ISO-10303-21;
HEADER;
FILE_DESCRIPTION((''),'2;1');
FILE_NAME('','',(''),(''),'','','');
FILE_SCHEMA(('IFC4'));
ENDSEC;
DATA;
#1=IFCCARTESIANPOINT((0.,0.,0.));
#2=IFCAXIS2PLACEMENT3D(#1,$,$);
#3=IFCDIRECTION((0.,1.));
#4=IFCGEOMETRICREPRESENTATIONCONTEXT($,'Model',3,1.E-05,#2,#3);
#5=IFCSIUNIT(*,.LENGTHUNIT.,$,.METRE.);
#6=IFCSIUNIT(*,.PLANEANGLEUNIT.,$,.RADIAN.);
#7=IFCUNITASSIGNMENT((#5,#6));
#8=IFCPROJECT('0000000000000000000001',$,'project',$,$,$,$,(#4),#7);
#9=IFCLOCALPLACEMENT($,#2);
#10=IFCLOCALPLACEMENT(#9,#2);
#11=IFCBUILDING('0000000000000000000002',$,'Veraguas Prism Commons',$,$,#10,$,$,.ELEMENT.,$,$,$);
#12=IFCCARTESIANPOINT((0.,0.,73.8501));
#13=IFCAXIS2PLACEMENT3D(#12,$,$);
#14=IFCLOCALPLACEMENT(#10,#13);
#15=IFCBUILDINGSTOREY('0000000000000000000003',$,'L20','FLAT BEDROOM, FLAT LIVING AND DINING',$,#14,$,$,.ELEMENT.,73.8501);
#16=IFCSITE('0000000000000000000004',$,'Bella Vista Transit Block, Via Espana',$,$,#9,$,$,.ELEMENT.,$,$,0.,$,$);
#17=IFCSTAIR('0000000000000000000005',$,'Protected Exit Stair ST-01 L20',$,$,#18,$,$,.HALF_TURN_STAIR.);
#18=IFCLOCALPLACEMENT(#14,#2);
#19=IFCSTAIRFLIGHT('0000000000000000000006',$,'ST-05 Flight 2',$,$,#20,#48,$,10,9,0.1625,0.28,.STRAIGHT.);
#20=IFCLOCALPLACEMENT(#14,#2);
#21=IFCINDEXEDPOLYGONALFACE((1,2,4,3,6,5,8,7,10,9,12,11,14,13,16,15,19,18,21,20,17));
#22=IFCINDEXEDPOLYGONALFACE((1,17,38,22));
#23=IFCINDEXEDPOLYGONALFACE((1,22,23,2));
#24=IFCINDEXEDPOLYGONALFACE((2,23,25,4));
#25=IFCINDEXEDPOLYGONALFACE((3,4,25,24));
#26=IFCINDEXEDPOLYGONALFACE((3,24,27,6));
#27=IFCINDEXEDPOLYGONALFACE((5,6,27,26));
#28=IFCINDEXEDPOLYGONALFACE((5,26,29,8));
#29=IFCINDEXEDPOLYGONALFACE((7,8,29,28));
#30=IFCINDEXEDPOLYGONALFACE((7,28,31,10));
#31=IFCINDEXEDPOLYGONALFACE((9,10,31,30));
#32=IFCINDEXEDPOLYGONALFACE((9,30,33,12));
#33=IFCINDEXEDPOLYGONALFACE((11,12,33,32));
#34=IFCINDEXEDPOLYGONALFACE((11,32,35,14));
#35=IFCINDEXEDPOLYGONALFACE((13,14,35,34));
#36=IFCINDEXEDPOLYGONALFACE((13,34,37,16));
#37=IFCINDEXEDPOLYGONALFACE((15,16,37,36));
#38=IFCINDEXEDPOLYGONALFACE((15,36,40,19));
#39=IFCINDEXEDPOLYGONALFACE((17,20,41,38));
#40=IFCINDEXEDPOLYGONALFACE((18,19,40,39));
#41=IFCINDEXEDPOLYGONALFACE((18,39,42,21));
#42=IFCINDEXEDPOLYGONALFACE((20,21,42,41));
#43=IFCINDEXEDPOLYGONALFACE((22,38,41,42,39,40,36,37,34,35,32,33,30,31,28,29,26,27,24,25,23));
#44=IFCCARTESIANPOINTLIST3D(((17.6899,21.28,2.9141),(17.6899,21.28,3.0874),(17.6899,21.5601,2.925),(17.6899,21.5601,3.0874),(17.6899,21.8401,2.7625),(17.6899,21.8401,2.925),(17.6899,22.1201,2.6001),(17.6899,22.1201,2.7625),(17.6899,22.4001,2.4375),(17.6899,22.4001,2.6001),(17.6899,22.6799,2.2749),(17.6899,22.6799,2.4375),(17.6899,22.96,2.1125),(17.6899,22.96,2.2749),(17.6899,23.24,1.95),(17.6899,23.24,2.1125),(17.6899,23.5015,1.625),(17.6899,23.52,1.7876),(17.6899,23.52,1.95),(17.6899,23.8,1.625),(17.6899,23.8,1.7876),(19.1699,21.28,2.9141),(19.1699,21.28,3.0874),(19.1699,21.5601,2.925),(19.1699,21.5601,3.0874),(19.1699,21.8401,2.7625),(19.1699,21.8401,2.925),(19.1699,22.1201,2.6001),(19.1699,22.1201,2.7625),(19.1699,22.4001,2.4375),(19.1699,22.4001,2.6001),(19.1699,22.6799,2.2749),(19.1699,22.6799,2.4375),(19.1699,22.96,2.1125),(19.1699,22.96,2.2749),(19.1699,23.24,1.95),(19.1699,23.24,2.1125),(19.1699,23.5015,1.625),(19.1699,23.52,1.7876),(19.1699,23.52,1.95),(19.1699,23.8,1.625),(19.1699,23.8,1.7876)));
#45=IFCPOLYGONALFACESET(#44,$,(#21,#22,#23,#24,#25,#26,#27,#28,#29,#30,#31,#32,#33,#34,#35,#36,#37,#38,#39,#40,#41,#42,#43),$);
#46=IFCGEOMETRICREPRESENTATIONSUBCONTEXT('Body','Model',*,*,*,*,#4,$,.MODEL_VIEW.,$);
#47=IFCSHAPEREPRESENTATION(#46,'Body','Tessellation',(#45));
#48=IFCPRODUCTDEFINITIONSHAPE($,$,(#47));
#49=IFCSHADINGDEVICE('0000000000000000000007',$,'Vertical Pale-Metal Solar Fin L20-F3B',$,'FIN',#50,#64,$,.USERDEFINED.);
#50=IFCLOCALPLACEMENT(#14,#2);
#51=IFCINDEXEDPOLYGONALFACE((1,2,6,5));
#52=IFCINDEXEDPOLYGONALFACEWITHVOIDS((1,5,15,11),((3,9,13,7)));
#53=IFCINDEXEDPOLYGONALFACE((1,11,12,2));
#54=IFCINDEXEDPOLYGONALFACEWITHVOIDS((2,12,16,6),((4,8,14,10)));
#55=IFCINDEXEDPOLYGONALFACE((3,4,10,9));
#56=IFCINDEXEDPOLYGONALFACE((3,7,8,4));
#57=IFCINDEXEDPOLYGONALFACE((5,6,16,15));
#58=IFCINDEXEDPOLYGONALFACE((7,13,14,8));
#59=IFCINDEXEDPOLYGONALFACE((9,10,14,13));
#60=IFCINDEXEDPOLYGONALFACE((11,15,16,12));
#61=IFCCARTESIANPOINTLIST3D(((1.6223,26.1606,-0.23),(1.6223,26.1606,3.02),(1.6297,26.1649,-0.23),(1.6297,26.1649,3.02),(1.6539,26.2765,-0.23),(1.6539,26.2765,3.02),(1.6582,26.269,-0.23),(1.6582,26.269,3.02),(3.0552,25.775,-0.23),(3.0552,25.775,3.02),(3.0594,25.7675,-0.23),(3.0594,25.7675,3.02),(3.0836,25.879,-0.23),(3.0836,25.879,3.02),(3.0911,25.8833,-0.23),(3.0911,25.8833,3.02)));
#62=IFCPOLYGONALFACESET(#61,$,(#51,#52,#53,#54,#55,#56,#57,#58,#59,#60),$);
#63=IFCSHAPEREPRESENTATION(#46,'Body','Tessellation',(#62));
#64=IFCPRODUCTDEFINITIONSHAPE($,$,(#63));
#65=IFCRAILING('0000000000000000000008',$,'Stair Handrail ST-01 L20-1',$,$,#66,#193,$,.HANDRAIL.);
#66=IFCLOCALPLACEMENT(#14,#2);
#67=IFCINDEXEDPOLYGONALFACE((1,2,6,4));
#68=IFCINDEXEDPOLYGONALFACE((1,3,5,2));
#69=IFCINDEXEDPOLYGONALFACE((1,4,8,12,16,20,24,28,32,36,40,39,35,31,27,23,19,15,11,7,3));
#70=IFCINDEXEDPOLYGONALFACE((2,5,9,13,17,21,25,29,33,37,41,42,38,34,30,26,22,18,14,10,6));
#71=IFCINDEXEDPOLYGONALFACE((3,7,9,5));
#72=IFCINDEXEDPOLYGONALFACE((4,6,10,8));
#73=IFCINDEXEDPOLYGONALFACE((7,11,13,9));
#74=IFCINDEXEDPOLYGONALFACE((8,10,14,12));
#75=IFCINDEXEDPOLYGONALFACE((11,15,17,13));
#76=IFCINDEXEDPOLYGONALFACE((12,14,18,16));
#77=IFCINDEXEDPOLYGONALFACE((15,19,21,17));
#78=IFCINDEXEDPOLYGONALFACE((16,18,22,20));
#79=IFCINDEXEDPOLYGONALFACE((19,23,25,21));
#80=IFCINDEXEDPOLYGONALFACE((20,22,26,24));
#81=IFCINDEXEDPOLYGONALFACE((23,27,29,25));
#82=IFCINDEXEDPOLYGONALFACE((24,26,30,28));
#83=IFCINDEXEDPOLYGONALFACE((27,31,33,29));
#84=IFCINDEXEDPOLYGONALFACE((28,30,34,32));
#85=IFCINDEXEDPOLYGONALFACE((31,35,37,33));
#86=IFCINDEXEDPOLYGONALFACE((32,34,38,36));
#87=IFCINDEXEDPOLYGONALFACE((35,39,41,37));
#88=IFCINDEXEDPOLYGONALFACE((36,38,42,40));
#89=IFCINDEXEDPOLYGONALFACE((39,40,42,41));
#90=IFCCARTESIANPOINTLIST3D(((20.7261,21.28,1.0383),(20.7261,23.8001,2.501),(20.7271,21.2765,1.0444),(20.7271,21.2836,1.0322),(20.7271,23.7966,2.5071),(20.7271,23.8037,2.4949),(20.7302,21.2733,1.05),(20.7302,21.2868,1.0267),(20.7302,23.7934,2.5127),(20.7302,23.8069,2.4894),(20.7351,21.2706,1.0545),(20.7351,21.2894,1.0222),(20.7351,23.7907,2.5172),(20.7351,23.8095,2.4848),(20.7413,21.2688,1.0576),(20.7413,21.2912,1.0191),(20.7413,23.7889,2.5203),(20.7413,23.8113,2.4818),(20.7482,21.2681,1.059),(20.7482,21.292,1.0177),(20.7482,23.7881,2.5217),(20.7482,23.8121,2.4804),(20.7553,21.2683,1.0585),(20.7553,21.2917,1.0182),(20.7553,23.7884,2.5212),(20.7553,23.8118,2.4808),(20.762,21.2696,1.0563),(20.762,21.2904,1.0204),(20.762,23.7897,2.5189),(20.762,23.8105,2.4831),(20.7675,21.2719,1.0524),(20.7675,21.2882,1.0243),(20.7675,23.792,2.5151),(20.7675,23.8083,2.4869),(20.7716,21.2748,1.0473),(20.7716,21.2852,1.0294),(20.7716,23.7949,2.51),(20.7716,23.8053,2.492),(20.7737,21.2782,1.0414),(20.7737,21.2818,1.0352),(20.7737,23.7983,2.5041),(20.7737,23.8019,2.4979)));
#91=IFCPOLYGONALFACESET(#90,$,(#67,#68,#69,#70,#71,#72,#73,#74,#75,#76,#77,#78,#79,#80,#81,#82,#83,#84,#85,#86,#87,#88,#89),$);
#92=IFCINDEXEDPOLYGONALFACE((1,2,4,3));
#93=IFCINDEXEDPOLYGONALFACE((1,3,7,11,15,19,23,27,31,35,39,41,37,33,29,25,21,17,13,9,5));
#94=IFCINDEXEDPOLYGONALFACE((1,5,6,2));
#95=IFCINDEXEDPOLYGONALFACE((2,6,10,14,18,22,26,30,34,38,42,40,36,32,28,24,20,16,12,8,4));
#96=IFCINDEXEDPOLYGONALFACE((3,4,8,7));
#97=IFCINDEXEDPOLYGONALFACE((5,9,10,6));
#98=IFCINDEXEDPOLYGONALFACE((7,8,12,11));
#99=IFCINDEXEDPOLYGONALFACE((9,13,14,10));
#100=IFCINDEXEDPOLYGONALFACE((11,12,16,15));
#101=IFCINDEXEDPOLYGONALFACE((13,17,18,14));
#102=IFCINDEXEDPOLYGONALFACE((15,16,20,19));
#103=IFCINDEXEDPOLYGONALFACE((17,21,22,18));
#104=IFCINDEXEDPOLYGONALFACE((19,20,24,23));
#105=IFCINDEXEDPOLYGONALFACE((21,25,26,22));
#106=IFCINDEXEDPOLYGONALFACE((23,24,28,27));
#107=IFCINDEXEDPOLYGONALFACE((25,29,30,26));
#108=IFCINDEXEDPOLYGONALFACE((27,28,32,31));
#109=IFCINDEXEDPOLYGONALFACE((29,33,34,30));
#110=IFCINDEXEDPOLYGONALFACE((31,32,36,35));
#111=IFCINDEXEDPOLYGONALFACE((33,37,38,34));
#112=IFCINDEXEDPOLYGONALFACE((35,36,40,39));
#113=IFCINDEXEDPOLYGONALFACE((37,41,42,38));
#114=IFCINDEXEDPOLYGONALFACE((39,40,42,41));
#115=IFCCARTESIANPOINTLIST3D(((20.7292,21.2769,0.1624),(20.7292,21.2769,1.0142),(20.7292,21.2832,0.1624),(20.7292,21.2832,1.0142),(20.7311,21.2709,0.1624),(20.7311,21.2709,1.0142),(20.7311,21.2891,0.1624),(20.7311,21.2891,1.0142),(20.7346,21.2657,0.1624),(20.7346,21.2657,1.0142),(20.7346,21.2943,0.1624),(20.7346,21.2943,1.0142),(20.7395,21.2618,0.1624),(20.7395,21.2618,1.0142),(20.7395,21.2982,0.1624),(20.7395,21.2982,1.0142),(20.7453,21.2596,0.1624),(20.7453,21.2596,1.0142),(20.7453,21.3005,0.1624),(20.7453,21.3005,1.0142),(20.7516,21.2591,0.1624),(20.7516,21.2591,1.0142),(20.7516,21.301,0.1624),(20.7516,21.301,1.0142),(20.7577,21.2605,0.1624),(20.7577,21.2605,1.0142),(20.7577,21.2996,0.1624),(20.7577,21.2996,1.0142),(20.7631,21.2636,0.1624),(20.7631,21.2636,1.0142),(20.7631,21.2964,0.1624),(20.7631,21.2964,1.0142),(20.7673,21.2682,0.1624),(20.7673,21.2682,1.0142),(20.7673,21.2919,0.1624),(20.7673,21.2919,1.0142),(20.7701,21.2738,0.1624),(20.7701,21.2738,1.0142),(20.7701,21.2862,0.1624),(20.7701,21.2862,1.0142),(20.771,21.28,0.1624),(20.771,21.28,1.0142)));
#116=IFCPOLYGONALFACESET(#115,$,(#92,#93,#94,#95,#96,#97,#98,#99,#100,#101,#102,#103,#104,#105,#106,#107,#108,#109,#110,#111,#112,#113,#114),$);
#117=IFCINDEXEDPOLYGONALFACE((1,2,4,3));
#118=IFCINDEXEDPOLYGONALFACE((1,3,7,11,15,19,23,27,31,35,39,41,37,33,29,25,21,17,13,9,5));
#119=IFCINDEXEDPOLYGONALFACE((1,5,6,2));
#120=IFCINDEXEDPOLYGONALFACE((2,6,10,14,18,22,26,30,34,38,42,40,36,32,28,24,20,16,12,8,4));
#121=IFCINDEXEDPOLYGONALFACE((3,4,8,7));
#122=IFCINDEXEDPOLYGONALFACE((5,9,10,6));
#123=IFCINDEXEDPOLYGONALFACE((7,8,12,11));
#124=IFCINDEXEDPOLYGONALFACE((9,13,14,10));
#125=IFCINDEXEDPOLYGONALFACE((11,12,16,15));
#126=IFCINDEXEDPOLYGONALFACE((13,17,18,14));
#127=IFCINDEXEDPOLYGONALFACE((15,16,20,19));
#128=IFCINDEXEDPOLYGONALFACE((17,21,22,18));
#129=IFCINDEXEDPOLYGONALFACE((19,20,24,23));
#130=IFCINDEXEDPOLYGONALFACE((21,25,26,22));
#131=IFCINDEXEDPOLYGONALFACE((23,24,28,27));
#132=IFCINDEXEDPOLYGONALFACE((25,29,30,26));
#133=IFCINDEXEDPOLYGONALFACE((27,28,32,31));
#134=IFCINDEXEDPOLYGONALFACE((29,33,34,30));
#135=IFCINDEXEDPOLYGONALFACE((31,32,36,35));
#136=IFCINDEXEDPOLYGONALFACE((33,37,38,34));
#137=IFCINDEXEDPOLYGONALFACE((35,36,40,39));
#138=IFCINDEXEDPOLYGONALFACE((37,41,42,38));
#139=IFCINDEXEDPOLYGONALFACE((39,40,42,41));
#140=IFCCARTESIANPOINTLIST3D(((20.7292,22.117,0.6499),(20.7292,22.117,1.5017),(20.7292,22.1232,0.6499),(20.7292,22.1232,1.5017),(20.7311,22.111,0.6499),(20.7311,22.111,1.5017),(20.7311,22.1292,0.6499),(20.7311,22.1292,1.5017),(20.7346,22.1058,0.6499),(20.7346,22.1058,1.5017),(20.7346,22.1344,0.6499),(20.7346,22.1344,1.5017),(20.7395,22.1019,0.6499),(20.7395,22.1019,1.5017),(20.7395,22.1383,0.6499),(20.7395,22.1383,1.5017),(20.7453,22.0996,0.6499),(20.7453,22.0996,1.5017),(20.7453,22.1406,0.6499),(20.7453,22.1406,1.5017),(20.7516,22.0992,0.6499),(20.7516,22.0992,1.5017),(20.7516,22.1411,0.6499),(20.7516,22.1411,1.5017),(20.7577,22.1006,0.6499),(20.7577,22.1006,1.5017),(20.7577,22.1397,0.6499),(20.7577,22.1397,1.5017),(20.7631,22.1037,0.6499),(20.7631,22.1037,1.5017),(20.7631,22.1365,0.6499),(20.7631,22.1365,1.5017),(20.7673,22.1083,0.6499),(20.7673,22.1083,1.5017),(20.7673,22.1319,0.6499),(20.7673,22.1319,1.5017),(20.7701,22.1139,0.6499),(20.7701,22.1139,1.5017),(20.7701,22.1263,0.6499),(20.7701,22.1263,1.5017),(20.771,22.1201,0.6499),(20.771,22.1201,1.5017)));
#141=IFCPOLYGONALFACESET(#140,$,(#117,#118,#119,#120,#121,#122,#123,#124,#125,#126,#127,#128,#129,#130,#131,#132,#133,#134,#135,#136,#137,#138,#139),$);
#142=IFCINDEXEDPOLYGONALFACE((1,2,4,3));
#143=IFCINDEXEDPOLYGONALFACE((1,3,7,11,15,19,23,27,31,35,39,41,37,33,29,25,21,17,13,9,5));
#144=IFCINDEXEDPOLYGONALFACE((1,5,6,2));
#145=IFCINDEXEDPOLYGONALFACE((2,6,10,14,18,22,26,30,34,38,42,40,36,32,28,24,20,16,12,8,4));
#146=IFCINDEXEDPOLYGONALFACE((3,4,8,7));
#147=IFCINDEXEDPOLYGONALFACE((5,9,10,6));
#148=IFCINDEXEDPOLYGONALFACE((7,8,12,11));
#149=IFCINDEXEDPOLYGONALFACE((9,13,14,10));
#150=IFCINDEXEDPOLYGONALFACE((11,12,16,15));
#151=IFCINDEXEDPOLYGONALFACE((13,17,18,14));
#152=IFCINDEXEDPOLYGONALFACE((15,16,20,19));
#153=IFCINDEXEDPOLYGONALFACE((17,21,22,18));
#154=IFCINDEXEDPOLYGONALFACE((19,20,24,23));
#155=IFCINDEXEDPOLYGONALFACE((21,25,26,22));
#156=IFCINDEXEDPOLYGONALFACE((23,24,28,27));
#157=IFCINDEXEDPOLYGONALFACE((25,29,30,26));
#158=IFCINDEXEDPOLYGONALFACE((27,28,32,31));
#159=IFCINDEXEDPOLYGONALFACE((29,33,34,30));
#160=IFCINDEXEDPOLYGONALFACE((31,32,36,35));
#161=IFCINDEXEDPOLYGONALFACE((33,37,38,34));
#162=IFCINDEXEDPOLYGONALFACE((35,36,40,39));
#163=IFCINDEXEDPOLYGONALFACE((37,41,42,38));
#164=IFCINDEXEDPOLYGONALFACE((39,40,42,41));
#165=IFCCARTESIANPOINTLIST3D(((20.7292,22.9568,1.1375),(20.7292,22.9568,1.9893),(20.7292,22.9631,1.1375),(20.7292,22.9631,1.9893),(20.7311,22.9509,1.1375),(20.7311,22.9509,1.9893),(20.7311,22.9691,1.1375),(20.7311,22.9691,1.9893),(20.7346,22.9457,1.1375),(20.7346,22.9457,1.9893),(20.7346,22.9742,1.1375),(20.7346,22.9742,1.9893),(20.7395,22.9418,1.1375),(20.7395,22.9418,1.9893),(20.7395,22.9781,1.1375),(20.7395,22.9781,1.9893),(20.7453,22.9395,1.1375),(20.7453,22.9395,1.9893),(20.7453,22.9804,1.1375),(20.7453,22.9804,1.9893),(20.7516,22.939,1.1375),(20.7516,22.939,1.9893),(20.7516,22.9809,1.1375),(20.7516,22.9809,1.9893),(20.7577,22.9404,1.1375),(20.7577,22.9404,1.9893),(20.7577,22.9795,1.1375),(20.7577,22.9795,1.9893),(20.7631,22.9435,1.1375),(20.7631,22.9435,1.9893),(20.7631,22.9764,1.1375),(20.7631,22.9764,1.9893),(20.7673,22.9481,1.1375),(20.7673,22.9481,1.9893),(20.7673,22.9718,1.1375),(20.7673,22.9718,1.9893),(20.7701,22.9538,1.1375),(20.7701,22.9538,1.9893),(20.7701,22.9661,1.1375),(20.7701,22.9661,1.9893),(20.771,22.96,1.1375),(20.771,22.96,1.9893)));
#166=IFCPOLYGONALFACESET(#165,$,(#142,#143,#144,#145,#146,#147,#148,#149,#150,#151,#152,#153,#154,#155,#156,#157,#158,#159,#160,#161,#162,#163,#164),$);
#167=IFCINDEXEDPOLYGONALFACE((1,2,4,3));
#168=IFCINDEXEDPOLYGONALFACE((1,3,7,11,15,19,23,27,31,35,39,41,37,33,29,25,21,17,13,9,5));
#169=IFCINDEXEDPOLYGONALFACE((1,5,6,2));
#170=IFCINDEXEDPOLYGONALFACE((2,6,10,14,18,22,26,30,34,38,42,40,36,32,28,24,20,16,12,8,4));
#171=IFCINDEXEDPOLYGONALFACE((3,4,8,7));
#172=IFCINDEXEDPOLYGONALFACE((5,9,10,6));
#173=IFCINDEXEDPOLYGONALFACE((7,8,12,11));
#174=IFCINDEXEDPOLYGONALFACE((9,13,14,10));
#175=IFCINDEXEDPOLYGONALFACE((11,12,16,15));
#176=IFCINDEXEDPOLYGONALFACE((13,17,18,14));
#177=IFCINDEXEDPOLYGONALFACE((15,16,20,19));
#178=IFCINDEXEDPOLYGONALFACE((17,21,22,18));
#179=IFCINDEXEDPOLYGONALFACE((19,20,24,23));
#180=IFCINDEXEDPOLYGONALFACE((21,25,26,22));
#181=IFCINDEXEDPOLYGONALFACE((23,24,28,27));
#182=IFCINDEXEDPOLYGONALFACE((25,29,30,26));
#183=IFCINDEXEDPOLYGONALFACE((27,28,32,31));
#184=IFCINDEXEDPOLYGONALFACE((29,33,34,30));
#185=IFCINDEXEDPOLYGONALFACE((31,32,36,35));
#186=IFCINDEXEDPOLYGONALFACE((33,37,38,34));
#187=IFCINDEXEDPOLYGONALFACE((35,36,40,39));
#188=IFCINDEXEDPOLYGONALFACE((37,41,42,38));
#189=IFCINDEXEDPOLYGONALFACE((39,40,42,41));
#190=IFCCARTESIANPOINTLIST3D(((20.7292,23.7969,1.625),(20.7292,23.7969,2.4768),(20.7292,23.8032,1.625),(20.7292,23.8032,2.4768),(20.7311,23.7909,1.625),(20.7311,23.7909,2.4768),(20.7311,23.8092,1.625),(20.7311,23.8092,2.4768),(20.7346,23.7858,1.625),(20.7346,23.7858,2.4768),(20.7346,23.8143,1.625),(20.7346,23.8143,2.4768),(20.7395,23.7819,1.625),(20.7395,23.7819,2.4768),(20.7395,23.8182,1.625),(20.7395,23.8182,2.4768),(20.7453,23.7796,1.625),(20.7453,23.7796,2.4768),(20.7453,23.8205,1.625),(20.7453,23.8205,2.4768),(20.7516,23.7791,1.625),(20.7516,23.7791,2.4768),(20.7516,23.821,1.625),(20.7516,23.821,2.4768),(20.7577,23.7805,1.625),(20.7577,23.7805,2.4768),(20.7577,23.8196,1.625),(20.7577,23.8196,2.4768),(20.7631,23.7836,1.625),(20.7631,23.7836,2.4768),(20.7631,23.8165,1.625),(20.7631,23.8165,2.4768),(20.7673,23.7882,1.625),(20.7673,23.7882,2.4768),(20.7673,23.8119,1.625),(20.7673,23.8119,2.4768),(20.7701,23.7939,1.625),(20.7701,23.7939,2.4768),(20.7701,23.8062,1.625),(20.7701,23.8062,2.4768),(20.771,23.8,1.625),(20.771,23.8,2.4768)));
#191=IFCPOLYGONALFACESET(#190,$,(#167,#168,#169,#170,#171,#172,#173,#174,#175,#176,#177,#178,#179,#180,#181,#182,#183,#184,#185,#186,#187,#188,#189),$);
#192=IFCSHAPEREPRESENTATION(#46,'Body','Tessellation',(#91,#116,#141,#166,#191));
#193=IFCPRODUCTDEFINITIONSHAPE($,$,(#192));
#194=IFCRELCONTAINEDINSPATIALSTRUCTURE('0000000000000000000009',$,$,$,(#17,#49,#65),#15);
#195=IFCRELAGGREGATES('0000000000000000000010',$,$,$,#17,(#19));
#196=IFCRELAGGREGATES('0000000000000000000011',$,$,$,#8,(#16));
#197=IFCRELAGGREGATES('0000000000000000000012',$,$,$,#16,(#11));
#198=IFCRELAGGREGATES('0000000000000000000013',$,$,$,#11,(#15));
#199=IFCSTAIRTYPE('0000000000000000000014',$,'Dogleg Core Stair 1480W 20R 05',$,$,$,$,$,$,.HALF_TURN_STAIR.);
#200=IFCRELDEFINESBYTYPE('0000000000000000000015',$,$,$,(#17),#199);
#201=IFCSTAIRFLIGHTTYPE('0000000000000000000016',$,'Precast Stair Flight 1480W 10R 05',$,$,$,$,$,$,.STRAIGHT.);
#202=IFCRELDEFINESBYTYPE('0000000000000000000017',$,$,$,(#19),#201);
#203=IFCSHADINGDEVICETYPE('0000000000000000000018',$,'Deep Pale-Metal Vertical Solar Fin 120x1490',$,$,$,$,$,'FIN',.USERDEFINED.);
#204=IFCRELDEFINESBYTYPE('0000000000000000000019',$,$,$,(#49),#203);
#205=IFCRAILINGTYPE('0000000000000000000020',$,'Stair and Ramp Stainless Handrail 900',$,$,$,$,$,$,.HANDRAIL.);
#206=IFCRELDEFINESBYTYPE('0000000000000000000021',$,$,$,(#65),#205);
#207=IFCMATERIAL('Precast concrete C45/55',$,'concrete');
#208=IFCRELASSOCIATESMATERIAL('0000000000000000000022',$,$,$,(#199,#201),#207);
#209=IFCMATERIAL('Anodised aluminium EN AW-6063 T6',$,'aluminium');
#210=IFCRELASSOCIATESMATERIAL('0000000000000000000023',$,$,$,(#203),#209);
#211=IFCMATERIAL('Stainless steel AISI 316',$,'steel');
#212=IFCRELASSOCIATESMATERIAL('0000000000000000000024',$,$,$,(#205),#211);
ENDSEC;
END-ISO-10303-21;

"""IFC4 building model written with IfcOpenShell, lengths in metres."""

from ifc_helpers import new_model, si_unit, direction, frame, origin, origin_2d, place, context, subcontext, project, spatial, polyline, hollow_rectangle, circle, outline, extrude, material, material_profile, profile_set, type_object, element, aggregate, save


model = new_model("IFC4")

# Units and contexts
model_context = context("Model", 3, precision=1e-05, world=origin(), true_north=direction((0.0, 1.0)))
body_context = subcontext(model_context, "Body", "Model", "MODEL_VIEW")
ifc_project = project(units=[si_unit("LENGTHUNIT", "METRE"), si_unit("PLANEANGLEUNIT", "RADIAN")], contexts=[model_context])

# Site, building, storey
site_placement = place(None, origin())
site = spatial("IfcSite", under=ifc_project, at=site_placement, Name="Bella Vista Transit Block, Via Espana", CompositionType="ELEMENT", RefElevation=0.0)
building_placement = place(site_placement, origin())
building = spatial("IfcBuilding", under=site, at=building_placement, Name="Veraguas Prism Commons", CompositionType="ELEMENT")
storey_placement = place(building_placement, frame((0.0, 0.0, 73.8501)))
storey = spatial("IfcBuildingStorey", under=building, at=storey_placement, Name="L20", Description="FLAT BEDROOM, FLAT LIVING AND DINING", CompositionType="ELEMENT", Elevation=73.8501)

# Shared definitions
ifc_material_1 = material(Name="Anodised aluminium EN AW-6063 T6", Category="aluminium")

# Stair, stair flight
ifc_material_2 = material(Name="Precast concrete C45/55", Category="concrete")
stair_type = type_object("IfcStairType", Name="Dogleg Core Stair 1480W 20R 05", PredefinedType="HALF_TURN_STAIR", material=ifc_material_2)
stair_placement = place(storey_placement, origin())
stair = element("IfcStair", 1, at=stair_placement, inside=storey, type_object=stair_type, Name="Protected Exit Stair ST-01 L20", PredefinedType="HALF_TURN_STAIR")
stair_flight_type = type_object("IfcStairFlightType", Name="Precast Stair Flight 1480W 10R 05", PredefinedType="STRAIGHT", material=ifc_material_2)
stair_flight_1_placement = place(storey_placement, frame((18.4299, 23.8, 1.625), z_axis=(0.0, 0.0, 1.0), x_axis=(0.0, -1.0, 0.0)))
stair_flight_1 = element("IfcStairFlight", 2, at=stair_flight_1_placement, type_object=stair_flight_type, Name="ST-05 Flight 2", NumberOfRisers=10, NumberOfTreads=9, PredefinedType="STRAIGHT", RiserHeight=0.1625, TreadLength=0.28, context=body_context, shape_type="SweptSolid", body=[
    extrude(outline(polyline([(0.0, 0.0), (0.0, 0.1626), (0.28, 0.1626), (0.28, 0.325), (0.5601, 0.325), (0.5601, 0.4875), (0.8401, 0.4875), (0.8401, 0.6499), (1.1201, 0.6499), (1.1201, 0.8125), (1.3999, 0.8125), (1.3999, 0.9751), (1.6799, 0.9751), (1.6799, 1.1375), (1.96, 1.1375), (1.96, 1.3), (2.24, 1.3), (2.24, 1.4624), (2.52, 1.4624), (2.52, 1.625), (2.52, 1.2891), (0.2986, 0.0), (0.0, 0.0)])), frame((0.0, 0.74, 0.0), z_axis=(0.0, -1.0, 0.0), x_axis=(1.0, 0.0, 0.0)), (0.0, 0.0, 1.0), 1.48),
])
aggregate(stair, [stair_flight_1])

# Shading device
ifc_material_profile_1 = material_profile(ifc_material_1, hollow_rectangle(XDim=0.1201, YDim=1.49, WallThickness=0.0061, at=origin_2d()), Name="FIN120X1490X6")
ifc_profile_set_1 = profile_set([ifc_material_profile_1], Name="Anodised aluminium EN AW-6063 T6")
shading_device_type = type_object("IfcShadingDeviceType", Name="Deep Pale-Metal Vertical Solar Fin 120x1490", ElementType="FIN", PredefinedType="USERDEFINED", material=ifc_profile_set_1)
shading_device_placement = place(storey_placement, frame((2.3567, 26.022, -0.23), z_axis=(0.0, 0.0, 1.0), x_axis=(-0.263876, -0.964556, 0.0)))
element("IfcShadingDevice", 3, at=shading_device_placement, inside=storey, type_object=shading_device_type, Name="Vertical Pale-Metal Solar Fin L20-F3B", ObjectType="FIN", PredefinedType="USERDEFINED", context=body_context, shape_type="SweptSolid", body=[
    extrude(hollow_rectangle(XDim=0.1201, YDim=1.49, WallThickness=0.0061, at=origin_2d()), origin(), (0.0, 0.0, 1.0), 3.25),
])

# Railing
ifc_material_3 = material(Name="Stainless steel AISI 316", Category="steel")
railing_type_1 = type_object("IfcRailingType", Name="Stair and Ramp Stainless Handrail 900", PredefinedType="HANDRAIL", material=ifc_material_3)
railing_1_placement = place(storey_placement, frame((20.75, 21.28, 0.1624)))
element("IfcRailing", 4, at=railing_1_placement, inside=storey, type_object=railing_type_1, Name="Stair Handrail ST-01 L20-1", PredefinedType="HANDRAIL", context=body_context, shape_type="SweptSolid", body=[
    extrude(circle(Radius=0.0239, at=origin_2d()), frame((0.0, 0.0, 0.876), z_axis=(0.0, 0.864877, 0.501984), x_axis=(-1.0, 0.0, 0.0)), (0.0, 0.0, 1.0), 2.9138),
    extrude(circle(Radius=0.021, at=origin_2d()), origin(), (0.0, 0.0, 1.0), 0.8518),
    extrude(circle(Radius=0.021, at=origin_2d()), frame((0.0, 0.8401, 0.4875)), (0.0, 0.0, 1.0), 0.8518),
    extrude(circle(Radius=0.021, at=origin_2d()), frame((0.0, 1.6799, 0.9751)), (0.0, 0.0, 1.0), 0.8518),
    extrude(circle(Radius=0.021, at=origin_2d()), frame((0.0, 2.52, 1.4626)), (0.0, 0.0, 1.0), 0.8518),
])

save(model, "model.ifc")
